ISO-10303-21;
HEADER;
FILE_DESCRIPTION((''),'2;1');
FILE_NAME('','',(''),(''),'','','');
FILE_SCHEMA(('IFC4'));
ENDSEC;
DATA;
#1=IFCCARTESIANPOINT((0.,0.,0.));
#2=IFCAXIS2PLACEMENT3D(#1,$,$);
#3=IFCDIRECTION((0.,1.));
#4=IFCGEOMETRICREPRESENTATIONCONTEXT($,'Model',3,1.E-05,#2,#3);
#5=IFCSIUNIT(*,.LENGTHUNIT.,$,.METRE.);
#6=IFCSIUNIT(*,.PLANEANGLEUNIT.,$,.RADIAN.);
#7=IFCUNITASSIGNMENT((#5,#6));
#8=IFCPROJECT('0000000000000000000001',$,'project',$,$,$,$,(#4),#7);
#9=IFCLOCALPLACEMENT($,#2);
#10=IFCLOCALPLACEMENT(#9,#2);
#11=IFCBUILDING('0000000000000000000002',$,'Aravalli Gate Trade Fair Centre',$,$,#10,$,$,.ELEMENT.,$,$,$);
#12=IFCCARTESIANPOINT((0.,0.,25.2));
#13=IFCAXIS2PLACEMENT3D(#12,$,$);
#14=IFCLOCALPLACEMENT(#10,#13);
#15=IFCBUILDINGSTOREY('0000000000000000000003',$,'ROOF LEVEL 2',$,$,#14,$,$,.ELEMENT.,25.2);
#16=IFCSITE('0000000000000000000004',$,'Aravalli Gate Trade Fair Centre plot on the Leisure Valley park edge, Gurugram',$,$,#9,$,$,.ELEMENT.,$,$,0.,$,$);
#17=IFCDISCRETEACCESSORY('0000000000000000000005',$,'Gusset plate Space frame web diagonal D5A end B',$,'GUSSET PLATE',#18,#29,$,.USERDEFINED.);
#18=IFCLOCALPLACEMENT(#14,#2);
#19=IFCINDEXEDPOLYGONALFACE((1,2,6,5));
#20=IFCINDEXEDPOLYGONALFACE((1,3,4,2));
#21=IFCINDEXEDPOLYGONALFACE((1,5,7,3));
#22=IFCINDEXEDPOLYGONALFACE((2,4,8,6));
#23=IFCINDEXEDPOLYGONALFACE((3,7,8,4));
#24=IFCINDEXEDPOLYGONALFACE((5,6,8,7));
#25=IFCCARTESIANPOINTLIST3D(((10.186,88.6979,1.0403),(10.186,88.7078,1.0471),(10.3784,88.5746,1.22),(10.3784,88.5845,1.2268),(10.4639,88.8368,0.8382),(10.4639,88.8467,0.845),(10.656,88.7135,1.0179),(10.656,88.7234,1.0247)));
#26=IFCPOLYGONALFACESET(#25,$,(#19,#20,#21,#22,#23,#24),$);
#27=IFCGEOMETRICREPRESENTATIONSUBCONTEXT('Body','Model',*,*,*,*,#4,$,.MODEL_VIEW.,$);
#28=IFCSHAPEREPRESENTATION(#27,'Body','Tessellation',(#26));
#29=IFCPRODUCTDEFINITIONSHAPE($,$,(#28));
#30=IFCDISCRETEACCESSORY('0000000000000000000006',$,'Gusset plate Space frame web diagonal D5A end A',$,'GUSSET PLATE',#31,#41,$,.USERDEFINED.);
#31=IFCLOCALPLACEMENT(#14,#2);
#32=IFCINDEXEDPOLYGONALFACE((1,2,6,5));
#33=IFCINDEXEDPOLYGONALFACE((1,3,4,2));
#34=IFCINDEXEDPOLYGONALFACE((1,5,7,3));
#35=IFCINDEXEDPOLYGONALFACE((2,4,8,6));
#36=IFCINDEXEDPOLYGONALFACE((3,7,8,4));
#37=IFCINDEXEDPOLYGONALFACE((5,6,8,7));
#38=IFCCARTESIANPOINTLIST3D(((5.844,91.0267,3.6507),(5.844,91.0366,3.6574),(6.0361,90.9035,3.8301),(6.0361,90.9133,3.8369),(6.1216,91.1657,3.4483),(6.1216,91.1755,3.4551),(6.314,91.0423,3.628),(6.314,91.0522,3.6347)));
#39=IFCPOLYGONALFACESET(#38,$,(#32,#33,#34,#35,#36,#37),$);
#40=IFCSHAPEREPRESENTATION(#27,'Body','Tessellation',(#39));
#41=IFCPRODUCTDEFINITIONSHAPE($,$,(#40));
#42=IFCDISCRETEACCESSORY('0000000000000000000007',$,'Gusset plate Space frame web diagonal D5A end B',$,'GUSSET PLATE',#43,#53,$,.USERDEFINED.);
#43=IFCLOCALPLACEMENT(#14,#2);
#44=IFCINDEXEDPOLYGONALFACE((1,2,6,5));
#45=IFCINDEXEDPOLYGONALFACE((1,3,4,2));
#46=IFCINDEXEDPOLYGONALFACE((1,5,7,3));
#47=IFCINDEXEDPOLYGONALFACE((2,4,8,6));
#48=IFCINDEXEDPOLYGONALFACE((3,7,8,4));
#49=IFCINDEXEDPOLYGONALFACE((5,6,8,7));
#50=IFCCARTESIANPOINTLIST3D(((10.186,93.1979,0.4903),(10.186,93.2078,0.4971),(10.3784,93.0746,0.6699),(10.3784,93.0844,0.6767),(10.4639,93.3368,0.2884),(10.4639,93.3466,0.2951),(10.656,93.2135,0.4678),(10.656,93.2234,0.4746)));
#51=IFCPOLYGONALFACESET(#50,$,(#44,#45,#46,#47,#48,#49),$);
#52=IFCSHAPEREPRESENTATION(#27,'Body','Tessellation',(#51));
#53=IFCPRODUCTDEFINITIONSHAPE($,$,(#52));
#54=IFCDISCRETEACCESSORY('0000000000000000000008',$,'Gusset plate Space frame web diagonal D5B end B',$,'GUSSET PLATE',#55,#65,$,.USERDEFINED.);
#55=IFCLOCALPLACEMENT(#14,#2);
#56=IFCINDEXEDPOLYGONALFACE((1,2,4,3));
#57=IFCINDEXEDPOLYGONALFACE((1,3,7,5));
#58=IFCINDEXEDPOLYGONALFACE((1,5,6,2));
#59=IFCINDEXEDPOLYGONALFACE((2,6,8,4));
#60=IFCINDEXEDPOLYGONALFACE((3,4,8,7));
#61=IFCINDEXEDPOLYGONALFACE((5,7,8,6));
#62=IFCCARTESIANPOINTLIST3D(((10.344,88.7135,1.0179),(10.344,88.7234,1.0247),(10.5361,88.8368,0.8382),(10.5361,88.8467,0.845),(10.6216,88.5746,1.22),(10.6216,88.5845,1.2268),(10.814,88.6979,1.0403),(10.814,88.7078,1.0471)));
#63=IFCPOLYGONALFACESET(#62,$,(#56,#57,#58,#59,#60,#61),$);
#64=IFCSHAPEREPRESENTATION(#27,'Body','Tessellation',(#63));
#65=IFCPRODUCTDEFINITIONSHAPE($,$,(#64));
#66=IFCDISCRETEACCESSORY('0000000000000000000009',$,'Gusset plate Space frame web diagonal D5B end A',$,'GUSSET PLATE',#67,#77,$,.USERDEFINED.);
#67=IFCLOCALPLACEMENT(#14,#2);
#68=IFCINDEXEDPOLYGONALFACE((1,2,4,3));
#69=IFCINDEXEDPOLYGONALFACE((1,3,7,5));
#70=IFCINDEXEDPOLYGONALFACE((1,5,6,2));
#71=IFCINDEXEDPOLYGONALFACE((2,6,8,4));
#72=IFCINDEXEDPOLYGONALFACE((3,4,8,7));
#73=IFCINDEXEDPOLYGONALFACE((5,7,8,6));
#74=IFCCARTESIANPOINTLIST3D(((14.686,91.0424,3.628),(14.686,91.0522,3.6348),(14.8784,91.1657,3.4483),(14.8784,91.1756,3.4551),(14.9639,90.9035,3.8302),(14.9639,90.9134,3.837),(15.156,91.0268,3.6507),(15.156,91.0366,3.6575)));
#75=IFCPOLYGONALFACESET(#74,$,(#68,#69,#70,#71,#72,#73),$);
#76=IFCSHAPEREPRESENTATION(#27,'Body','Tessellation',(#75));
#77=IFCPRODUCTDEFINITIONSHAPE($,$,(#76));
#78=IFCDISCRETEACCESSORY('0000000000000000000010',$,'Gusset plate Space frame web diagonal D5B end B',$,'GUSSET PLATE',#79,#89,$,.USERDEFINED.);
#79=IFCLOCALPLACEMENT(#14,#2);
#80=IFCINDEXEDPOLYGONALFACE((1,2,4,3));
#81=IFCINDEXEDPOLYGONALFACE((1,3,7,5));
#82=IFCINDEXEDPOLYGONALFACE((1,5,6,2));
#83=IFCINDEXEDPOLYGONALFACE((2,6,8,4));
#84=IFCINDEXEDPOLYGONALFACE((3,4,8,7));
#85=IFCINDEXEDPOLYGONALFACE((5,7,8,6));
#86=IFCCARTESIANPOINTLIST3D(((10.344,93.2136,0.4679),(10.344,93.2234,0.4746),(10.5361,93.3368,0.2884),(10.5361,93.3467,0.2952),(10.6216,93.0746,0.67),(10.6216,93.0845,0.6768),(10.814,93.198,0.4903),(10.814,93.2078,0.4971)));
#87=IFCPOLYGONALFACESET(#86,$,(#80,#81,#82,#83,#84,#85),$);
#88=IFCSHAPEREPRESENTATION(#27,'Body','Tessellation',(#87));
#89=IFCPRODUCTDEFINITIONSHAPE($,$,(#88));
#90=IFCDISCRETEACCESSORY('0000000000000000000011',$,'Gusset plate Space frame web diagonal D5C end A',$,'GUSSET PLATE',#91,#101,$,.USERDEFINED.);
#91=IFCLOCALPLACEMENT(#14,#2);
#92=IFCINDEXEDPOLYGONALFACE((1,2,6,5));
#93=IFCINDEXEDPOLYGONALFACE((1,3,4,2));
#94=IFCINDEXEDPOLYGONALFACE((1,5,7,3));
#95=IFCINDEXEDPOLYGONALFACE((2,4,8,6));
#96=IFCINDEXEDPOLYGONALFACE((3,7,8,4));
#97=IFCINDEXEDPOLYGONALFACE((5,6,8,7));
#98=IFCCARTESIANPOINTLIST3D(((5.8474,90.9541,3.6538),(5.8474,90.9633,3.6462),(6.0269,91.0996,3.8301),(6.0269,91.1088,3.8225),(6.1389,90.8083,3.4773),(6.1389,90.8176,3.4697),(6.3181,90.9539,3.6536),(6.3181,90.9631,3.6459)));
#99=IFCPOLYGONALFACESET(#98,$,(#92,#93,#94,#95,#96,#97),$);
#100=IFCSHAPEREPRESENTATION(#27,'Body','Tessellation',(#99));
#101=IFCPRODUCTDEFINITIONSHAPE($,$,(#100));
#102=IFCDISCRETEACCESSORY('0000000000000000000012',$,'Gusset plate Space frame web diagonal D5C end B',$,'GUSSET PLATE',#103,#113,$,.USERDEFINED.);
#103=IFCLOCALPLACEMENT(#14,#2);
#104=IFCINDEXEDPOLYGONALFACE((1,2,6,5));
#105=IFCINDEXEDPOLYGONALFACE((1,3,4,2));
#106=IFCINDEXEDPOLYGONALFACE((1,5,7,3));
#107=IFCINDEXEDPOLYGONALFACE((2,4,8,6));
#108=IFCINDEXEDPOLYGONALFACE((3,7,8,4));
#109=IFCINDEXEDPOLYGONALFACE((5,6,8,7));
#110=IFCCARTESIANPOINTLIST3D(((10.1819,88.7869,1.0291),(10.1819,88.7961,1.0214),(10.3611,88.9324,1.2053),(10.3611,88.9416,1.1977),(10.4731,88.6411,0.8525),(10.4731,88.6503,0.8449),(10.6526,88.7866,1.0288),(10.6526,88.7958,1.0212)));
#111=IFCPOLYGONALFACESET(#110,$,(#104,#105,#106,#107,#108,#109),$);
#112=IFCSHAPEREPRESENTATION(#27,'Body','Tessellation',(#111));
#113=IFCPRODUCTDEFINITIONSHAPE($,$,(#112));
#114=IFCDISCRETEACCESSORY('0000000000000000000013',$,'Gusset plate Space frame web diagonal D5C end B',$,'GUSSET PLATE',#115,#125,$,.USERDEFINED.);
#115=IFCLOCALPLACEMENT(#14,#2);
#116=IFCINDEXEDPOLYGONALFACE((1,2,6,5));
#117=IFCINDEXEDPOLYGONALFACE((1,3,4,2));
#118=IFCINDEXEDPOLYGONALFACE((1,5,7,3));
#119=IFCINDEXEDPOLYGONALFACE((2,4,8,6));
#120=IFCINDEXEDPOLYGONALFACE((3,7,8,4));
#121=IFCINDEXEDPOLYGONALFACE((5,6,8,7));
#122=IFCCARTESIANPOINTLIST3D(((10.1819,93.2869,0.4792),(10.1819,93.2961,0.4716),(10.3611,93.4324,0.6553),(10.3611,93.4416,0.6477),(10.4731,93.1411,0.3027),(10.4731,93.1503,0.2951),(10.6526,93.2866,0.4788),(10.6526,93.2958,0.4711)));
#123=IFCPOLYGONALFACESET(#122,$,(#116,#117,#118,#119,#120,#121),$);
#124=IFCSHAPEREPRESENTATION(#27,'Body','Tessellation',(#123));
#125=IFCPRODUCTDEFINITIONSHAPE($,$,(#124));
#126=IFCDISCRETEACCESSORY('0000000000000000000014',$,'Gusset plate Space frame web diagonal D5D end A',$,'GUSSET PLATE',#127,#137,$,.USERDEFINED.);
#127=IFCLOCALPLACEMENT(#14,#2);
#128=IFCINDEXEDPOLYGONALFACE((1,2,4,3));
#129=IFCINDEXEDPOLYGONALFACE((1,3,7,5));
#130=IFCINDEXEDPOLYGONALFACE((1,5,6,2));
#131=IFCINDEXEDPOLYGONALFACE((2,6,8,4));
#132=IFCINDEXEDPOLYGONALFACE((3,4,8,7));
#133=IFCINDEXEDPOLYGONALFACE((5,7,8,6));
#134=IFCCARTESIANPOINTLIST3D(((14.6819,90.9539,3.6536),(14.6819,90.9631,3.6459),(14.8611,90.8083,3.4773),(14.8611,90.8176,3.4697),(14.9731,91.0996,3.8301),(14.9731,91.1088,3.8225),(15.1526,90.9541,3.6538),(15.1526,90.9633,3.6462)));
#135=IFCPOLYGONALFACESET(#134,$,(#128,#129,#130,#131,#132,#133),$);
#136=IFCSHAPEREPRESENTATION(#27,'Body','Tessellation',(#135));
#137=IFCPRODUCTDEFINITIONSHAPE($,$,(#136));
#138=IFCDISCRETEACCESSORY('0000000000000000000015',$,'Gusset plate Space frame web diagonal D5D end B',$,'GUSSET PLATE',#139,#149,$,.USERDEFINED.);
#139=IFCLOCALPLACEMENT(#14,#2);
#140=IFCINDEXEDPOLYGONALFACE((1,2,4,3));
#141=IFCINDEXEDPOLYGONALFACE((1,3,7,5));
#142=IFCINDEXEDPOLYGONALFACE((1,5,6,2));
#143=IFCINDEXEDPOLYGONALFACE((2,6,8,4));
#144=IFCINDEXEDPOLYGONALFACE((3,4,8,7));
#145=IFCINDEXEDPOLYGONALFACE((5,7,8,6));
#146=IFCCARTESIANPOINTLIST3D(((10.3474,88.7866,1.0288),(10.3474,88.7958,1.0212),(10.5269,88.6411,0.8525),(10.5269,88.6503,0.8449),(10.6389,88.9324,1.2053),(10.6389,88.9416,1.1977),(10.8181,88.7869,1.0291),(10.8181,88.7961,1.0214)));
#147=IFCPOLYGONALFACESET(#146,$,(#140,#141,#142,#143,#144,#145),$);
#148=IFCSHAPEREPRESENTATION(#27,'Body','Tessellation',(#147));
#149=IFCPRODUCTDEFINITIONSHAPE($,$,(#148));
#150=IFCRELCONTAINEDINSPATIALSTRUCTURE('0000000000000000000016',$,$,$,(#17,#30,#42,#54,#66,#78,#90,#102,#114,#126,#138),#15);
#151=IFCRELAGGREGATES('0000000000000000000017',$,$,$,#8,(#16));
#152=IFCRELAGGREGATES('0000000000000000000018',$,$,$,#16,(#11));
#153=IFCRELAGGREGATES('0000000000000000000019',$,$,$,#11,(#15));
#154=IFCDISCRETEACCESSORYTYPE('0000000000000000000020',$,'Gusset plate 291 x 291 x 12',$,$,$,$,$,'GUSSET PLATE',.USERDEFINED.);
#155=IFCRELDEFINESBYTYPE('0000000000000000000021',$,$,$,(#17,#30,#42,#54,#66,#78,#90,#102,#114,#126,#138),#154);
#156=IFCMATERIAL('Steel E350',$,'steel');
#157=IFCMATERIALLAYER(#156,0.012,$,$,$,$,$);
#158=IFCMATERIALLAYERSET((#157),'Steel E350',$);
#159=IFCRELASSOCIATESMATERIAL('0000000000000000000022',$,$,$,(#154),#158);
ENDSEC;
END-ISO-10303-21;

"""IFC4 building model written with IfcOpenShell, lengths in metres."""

from ifc_helpers import new_model, si_unit, direction, frame, origin, place, context, subcontext, project, spatial, polyline, outline, extrude, material, layer, layer_set, type_object, element, save


model = new_model("IFC4")

# Units and contexts
model_context = context("Model", 3, precision=1e-05, world=origin(), true_north=direction((0.0, 1.0)))
body_context = subcontext(model_context, "Body", "Model", "MODEL_VIEW")
ifc_project = project(units=[si_unit("LENGTHUNIT", "METRE"), si_unit("PLANEANGLEUNIT", "RADIAN")], contexts=[model_context])

# Site, building, storey
site_placement = place(None, origin())
site = spatial("IfcSite", under=ifc_project, at=site_placement, Name="Aravalli Gate Trade Fair Centre plot on the Leisure Valley park edge, Gurugram", CompositionType="ELEMENT", RefElevation=0.0)
building_placement = place(site_placement, origin())
building = spatial("IfcBuilding", under=site, at=building_placement, Name="Aravalli Gate Trade Fair Centre", CompositionType="ELEMENT")
storey_placement = place(building_placement, frame((0.0, 0.0, 25.2)))
storey = spatial("IfcBuildingStorey", under=building, at=storey_placement, Name="ROOF LEVEL 2", CompositionType="ELEMENT", Elevation=25.2)

# Shared definitions
ifc_material_1 = material(Name="Steel E350", Category="steel")

# Discrete accessories
ifc_layer_1 = layer(ifc_material_1, 0.012)
ifc_layer_set_1 = layer_set([ifc_layer_1], Name="Steel E350")
discrete_accessory_type = type_object("IfcDiscreteAccessoryType", Name="Gusset plate 291 x 291 x 12", ElementType="GUSSET PLATE", PredefinedType="USERDEFINED", material=ifc_layer_set_1)
discrete_accessory_1_placement = place(storey_placement, frame((10.186, 88.7078, 1.0471), z_axis=(-0.000356, 0.824387, 0.566027), x_axis=(0.74966, 0.37483, -0.545447)))
element("IfcDiscreteAccessory", 1, at=discrete_accessory_1_placement, inside=storey, type_object=discrete_accessory_type, Name="Gusset plate Space frame web diagonal D5A end B", ObjectType="GUSSET PLATE", PredefinedType="USERDEFINED", context=body_context, shape_type="SweptSolid", body=[
    extrude(outline(polyline([(0.0, 0.0), (0.3706, 0.0), (0.3704, -0.2905), (0.0, -0.2907), (0.0, 0.0)])), origin(), (0.0, 0.0, -1.0), 0.012),
])
discrete_accessory_2_placement = place(storey_placement, frame((6.1216, 91.1755, 3.4551), z_axis=(-0.000059, 0.824356, 0.566072), x_axis=(-0.749102, -0.375034, 0.546073)))
element("IfcDiscreteAccessory", 2, at=discrete_accessory_2_placement, inside=storey, type_object=discrete_accessory_type, Name="Gusset plate Space frame web diagonal D5A end A", ObjectType="GUSSET PLATE", PredefinedType="USERDEFINED", context=body_context, shape_type="SweptSolid", body=[
    extrude(outline(polyline([(0.0, 0.0), (0.3706, 0.0), (0.3709, 0.2904), (0.0002, 0.2907), (0.0, 0.0)])), origin(), (0.0, 0.0, -1.0), 0.012),
])
discrete_accessory_3_placement = place(storey_placement, frame((10.186, 93.2078, 0.4971), z_axis=(-0.000339, 0.824216, 0.566276), x_axis=(0.749929, 0.374811, -0.545089)))
element("IfcDiscreteAccessory", 3, at=discrete_accessory_3_placement, inside=storey, type_object=discrete_accessory_type, Name="Gusset plate Space frame web diagonal D5A end B", ObjectType="GUSSET PLATE", PredefinedType="USERDEFINED", context=body_context, shape_type="SweptSolid", body=[
    extrude(outline(polyline([(0.0, 0.0), (0.3705, 0.0), (0.3705, -0.2904), (0.0001, -0.2907), (0.0, 0.0)])), origin(), (0.0, 0.0, -1.0), 0.012),
])
discrete_accessory_4_placement = place(storey_placement, frame((10.6216, 88.5845, 1.2268), z_axis=(0.000356, 0.824387, 0.566027), x_axis=(-0.749371, 0.375015, -0.545716)))
element("IfcDiscreteAccessory", 4, at=discrete_accessory_4_placement, inside=storey, type_object=discrete_accessory_type, Name="Gusset plate Space frame web diagonal D5B end B", ObjectType="GUSSET PLATE", PredefinedType="USERDEFINED", context=body_context, shape_type="SweptSolid", body=[
    extrude(outline(polyline([(0.0, 0.0), (0.3704, 0.0), (0.3707, -0.2905), (0.0001, -0.2907), (0.0, 0.0)])), origin(), (0.0, 0.0, -1.0), 0.012),
])
discrete_accessory_5_placement = place(storey_placement, frame((14.686, 91.0522, 3.6348), z_axis=(0.000059, 0.824356, 0.566072), x_axis=(0.74966, -0.374676, 0.545552)))
element("IfcDiscreteAccessory", 5, at=discrete_accessory_5_placement, inside=storey, type_object=discrete_accessory_type, Name="Gusset plate Space frame web diagonal D5B end A", ObjectType="GUSSET PLATE", PredefinedType="USERDEFINED", context=body_context, shape_type="SweptSolid", body=[
    extrude(outline(polyline([(0.0, 0.0), (0.3706, 0.0), (0.3706, 0.2904), (0.0, 0.2907), (0.0, 0.0)])), origin(), (0.0, 0.0, -1.0), 0.012),
])
discrete_accessory_6_placement = place(storey_placement, frame((10.6216, 93.0845, 0.6768), z_axis=(0.000339, 0.824216, 0.566276), x_axis=(-0.749371, 0.375169, -0.545611)))
element("IfcDiscreteAccessory", 6, at=discrete_accessory_6_placement, inside=storey, type_object=discrete_accessory_type, Name="Gusset plate Space frame web diagonal D5B end B", ObjectType="GUSSET PLATE", PredefinedType="USERDEFINED", context=body_context, shape_type="SweptSolid", body=[
    extrude(outline(polyline([(0.0, 0.0), (0.3704, 0.0), (0.3706, -0.2904), (0.0001, -0.2907), (0.0, 0.0)])), origin(), (0.0, 0.0, -1.0), 0.012),
])
discrete_accessory_7_placement = place(storey_placement, frame((6.1389, 90.8083, 3.4773), z_axis=(-0.00007, -0.771155, 0.636648), x_axis=(-0.786484, 0.393242, 0.476238)))
element("IfcDiscreteAccessory", 7, at=discrete_accessory_7_placement, inside=storey, type_object=discrete_accessory_type, Name="Gusset plate Space frame web diagonal D5C end A", ObjectType="GUSSET PLATE", PredefinedType="USERDEFINED", context=body_context, shape_type="SweptSolid", body=[
    extrude(outline(polyline([(0.0, 0.0), (0.3706, 0.0), (0.3707, -0.2906), (0.0002, -0.2904), (0.0, 0.0)])), origin(), (0.0, 0.0, -1.0), 0.012),
])
discrete_accessory_8_placement = place(storey_placement, frame((10.1819, 88.7869, 1.0291), z_axis=(-0.00007, -0.771155, 0.636648), x_axis=(0.786233, -0.393446, -0.476485)))
element("IfcDiscreteAccessory", 8, at=discrete_accessory_8_placement, inside=storey, type_object=discrete_accessory_type, Name="Gusset plate Space frame web diagonal D5C end B", ObjectType="GUSSET PLATE", PredefinedType="USERDEFINED", context=body_context, shape_type="SweptSolid", body=[
    extrude(outline(polyline([(0.0, 0.0), (0.3704, 0.0), (0.3703, 0.2906), (-0.0003, 0.2904), (0.0, 0.0)])), origin(), (0.0, 0.0, -1.0), 0.012),
])
discrete_accessory_9_placement = place(storey_placement, frame((10.1819, 93.2869, 0.4792), z_axis=(0.000261, -0.770887, 0.636972), x_axis=(0.786233, -0.393446, -0.476485)))
element("IfcDiscreteAccessory", 9, at=discrete_accessory_9_placement, inside=storey, type_object=discrete_accessory_type, Name="Gusset plate Space frame web diagonal D5C end B", ObjectType="GUSSET PLATE", PredefinedType="USERDEFINED", context=body_context, shape_type="SweptSolid", body=[
    extrude(outline(polyline([(0.0, 0.0), (0.3704, 0.0), (0.3704, 0.2904), (-0.0002, 0.2903), (0.0, 0.0)])), origin(), (0.0, 0.0, -1.0), 0.012),
])
discrete_accessory_10_placement = place(storey_placement, frame((14.6819, 90.9539, 3.6536), z_axis=(0.00007, -0.771155, 0.636648), x_axis=(0.786233, 0.393446, 0.476485)))
element("IfcDiscreteAccessory", 10, at=discrete_accessory_10_placement, inside=storey, type_object=discrete_accessory_type, Name="Gusset plate Space frame web diagonal D5D end A", ObjectType="GUSSET PLATE", PredefinedType="USERDEFINED", context=body_context, shape_type="SweptSolid", body=[
    extrude(outline(polyline([(0.0, 0.0), (0.3704, 0.0), (0.3703, -0.2906), (-0.0003, -0.2904), (0.0, 0.0)])), origin(), (0.0, 0.0, -1.0), 0.012),
])
discrete_accessory_11_placement = place(storey_placement, frame((10.6389, 88.9324, 1.2053), z_axis=(0.00007, -0.771155, 0.636648), x_axis=(-0.786484, -0.393242, -0.476238)))
element("IfcDiscreteAccessory", 11, at=discrete_accessory_11_placement, inside=storey, type_object=discrete_accessory_type, Name="Gusset plate Space frame web diagonal D5D end B", ObjectType="GUSSET PLATE", PredefinedType="USERDEFINED", context=body_context, shape_type="SweptSolid", body=[
    extrude(outline(polyline([(0.0, 0.0), (0.3706, 0.0), (0.3707, 0.2906), (0.0002, 0.2904), (0.0, 0.0)])), origin(), (0.0, 0.0, -1.0), 0.012),
])

save(model, "model.ifc")
